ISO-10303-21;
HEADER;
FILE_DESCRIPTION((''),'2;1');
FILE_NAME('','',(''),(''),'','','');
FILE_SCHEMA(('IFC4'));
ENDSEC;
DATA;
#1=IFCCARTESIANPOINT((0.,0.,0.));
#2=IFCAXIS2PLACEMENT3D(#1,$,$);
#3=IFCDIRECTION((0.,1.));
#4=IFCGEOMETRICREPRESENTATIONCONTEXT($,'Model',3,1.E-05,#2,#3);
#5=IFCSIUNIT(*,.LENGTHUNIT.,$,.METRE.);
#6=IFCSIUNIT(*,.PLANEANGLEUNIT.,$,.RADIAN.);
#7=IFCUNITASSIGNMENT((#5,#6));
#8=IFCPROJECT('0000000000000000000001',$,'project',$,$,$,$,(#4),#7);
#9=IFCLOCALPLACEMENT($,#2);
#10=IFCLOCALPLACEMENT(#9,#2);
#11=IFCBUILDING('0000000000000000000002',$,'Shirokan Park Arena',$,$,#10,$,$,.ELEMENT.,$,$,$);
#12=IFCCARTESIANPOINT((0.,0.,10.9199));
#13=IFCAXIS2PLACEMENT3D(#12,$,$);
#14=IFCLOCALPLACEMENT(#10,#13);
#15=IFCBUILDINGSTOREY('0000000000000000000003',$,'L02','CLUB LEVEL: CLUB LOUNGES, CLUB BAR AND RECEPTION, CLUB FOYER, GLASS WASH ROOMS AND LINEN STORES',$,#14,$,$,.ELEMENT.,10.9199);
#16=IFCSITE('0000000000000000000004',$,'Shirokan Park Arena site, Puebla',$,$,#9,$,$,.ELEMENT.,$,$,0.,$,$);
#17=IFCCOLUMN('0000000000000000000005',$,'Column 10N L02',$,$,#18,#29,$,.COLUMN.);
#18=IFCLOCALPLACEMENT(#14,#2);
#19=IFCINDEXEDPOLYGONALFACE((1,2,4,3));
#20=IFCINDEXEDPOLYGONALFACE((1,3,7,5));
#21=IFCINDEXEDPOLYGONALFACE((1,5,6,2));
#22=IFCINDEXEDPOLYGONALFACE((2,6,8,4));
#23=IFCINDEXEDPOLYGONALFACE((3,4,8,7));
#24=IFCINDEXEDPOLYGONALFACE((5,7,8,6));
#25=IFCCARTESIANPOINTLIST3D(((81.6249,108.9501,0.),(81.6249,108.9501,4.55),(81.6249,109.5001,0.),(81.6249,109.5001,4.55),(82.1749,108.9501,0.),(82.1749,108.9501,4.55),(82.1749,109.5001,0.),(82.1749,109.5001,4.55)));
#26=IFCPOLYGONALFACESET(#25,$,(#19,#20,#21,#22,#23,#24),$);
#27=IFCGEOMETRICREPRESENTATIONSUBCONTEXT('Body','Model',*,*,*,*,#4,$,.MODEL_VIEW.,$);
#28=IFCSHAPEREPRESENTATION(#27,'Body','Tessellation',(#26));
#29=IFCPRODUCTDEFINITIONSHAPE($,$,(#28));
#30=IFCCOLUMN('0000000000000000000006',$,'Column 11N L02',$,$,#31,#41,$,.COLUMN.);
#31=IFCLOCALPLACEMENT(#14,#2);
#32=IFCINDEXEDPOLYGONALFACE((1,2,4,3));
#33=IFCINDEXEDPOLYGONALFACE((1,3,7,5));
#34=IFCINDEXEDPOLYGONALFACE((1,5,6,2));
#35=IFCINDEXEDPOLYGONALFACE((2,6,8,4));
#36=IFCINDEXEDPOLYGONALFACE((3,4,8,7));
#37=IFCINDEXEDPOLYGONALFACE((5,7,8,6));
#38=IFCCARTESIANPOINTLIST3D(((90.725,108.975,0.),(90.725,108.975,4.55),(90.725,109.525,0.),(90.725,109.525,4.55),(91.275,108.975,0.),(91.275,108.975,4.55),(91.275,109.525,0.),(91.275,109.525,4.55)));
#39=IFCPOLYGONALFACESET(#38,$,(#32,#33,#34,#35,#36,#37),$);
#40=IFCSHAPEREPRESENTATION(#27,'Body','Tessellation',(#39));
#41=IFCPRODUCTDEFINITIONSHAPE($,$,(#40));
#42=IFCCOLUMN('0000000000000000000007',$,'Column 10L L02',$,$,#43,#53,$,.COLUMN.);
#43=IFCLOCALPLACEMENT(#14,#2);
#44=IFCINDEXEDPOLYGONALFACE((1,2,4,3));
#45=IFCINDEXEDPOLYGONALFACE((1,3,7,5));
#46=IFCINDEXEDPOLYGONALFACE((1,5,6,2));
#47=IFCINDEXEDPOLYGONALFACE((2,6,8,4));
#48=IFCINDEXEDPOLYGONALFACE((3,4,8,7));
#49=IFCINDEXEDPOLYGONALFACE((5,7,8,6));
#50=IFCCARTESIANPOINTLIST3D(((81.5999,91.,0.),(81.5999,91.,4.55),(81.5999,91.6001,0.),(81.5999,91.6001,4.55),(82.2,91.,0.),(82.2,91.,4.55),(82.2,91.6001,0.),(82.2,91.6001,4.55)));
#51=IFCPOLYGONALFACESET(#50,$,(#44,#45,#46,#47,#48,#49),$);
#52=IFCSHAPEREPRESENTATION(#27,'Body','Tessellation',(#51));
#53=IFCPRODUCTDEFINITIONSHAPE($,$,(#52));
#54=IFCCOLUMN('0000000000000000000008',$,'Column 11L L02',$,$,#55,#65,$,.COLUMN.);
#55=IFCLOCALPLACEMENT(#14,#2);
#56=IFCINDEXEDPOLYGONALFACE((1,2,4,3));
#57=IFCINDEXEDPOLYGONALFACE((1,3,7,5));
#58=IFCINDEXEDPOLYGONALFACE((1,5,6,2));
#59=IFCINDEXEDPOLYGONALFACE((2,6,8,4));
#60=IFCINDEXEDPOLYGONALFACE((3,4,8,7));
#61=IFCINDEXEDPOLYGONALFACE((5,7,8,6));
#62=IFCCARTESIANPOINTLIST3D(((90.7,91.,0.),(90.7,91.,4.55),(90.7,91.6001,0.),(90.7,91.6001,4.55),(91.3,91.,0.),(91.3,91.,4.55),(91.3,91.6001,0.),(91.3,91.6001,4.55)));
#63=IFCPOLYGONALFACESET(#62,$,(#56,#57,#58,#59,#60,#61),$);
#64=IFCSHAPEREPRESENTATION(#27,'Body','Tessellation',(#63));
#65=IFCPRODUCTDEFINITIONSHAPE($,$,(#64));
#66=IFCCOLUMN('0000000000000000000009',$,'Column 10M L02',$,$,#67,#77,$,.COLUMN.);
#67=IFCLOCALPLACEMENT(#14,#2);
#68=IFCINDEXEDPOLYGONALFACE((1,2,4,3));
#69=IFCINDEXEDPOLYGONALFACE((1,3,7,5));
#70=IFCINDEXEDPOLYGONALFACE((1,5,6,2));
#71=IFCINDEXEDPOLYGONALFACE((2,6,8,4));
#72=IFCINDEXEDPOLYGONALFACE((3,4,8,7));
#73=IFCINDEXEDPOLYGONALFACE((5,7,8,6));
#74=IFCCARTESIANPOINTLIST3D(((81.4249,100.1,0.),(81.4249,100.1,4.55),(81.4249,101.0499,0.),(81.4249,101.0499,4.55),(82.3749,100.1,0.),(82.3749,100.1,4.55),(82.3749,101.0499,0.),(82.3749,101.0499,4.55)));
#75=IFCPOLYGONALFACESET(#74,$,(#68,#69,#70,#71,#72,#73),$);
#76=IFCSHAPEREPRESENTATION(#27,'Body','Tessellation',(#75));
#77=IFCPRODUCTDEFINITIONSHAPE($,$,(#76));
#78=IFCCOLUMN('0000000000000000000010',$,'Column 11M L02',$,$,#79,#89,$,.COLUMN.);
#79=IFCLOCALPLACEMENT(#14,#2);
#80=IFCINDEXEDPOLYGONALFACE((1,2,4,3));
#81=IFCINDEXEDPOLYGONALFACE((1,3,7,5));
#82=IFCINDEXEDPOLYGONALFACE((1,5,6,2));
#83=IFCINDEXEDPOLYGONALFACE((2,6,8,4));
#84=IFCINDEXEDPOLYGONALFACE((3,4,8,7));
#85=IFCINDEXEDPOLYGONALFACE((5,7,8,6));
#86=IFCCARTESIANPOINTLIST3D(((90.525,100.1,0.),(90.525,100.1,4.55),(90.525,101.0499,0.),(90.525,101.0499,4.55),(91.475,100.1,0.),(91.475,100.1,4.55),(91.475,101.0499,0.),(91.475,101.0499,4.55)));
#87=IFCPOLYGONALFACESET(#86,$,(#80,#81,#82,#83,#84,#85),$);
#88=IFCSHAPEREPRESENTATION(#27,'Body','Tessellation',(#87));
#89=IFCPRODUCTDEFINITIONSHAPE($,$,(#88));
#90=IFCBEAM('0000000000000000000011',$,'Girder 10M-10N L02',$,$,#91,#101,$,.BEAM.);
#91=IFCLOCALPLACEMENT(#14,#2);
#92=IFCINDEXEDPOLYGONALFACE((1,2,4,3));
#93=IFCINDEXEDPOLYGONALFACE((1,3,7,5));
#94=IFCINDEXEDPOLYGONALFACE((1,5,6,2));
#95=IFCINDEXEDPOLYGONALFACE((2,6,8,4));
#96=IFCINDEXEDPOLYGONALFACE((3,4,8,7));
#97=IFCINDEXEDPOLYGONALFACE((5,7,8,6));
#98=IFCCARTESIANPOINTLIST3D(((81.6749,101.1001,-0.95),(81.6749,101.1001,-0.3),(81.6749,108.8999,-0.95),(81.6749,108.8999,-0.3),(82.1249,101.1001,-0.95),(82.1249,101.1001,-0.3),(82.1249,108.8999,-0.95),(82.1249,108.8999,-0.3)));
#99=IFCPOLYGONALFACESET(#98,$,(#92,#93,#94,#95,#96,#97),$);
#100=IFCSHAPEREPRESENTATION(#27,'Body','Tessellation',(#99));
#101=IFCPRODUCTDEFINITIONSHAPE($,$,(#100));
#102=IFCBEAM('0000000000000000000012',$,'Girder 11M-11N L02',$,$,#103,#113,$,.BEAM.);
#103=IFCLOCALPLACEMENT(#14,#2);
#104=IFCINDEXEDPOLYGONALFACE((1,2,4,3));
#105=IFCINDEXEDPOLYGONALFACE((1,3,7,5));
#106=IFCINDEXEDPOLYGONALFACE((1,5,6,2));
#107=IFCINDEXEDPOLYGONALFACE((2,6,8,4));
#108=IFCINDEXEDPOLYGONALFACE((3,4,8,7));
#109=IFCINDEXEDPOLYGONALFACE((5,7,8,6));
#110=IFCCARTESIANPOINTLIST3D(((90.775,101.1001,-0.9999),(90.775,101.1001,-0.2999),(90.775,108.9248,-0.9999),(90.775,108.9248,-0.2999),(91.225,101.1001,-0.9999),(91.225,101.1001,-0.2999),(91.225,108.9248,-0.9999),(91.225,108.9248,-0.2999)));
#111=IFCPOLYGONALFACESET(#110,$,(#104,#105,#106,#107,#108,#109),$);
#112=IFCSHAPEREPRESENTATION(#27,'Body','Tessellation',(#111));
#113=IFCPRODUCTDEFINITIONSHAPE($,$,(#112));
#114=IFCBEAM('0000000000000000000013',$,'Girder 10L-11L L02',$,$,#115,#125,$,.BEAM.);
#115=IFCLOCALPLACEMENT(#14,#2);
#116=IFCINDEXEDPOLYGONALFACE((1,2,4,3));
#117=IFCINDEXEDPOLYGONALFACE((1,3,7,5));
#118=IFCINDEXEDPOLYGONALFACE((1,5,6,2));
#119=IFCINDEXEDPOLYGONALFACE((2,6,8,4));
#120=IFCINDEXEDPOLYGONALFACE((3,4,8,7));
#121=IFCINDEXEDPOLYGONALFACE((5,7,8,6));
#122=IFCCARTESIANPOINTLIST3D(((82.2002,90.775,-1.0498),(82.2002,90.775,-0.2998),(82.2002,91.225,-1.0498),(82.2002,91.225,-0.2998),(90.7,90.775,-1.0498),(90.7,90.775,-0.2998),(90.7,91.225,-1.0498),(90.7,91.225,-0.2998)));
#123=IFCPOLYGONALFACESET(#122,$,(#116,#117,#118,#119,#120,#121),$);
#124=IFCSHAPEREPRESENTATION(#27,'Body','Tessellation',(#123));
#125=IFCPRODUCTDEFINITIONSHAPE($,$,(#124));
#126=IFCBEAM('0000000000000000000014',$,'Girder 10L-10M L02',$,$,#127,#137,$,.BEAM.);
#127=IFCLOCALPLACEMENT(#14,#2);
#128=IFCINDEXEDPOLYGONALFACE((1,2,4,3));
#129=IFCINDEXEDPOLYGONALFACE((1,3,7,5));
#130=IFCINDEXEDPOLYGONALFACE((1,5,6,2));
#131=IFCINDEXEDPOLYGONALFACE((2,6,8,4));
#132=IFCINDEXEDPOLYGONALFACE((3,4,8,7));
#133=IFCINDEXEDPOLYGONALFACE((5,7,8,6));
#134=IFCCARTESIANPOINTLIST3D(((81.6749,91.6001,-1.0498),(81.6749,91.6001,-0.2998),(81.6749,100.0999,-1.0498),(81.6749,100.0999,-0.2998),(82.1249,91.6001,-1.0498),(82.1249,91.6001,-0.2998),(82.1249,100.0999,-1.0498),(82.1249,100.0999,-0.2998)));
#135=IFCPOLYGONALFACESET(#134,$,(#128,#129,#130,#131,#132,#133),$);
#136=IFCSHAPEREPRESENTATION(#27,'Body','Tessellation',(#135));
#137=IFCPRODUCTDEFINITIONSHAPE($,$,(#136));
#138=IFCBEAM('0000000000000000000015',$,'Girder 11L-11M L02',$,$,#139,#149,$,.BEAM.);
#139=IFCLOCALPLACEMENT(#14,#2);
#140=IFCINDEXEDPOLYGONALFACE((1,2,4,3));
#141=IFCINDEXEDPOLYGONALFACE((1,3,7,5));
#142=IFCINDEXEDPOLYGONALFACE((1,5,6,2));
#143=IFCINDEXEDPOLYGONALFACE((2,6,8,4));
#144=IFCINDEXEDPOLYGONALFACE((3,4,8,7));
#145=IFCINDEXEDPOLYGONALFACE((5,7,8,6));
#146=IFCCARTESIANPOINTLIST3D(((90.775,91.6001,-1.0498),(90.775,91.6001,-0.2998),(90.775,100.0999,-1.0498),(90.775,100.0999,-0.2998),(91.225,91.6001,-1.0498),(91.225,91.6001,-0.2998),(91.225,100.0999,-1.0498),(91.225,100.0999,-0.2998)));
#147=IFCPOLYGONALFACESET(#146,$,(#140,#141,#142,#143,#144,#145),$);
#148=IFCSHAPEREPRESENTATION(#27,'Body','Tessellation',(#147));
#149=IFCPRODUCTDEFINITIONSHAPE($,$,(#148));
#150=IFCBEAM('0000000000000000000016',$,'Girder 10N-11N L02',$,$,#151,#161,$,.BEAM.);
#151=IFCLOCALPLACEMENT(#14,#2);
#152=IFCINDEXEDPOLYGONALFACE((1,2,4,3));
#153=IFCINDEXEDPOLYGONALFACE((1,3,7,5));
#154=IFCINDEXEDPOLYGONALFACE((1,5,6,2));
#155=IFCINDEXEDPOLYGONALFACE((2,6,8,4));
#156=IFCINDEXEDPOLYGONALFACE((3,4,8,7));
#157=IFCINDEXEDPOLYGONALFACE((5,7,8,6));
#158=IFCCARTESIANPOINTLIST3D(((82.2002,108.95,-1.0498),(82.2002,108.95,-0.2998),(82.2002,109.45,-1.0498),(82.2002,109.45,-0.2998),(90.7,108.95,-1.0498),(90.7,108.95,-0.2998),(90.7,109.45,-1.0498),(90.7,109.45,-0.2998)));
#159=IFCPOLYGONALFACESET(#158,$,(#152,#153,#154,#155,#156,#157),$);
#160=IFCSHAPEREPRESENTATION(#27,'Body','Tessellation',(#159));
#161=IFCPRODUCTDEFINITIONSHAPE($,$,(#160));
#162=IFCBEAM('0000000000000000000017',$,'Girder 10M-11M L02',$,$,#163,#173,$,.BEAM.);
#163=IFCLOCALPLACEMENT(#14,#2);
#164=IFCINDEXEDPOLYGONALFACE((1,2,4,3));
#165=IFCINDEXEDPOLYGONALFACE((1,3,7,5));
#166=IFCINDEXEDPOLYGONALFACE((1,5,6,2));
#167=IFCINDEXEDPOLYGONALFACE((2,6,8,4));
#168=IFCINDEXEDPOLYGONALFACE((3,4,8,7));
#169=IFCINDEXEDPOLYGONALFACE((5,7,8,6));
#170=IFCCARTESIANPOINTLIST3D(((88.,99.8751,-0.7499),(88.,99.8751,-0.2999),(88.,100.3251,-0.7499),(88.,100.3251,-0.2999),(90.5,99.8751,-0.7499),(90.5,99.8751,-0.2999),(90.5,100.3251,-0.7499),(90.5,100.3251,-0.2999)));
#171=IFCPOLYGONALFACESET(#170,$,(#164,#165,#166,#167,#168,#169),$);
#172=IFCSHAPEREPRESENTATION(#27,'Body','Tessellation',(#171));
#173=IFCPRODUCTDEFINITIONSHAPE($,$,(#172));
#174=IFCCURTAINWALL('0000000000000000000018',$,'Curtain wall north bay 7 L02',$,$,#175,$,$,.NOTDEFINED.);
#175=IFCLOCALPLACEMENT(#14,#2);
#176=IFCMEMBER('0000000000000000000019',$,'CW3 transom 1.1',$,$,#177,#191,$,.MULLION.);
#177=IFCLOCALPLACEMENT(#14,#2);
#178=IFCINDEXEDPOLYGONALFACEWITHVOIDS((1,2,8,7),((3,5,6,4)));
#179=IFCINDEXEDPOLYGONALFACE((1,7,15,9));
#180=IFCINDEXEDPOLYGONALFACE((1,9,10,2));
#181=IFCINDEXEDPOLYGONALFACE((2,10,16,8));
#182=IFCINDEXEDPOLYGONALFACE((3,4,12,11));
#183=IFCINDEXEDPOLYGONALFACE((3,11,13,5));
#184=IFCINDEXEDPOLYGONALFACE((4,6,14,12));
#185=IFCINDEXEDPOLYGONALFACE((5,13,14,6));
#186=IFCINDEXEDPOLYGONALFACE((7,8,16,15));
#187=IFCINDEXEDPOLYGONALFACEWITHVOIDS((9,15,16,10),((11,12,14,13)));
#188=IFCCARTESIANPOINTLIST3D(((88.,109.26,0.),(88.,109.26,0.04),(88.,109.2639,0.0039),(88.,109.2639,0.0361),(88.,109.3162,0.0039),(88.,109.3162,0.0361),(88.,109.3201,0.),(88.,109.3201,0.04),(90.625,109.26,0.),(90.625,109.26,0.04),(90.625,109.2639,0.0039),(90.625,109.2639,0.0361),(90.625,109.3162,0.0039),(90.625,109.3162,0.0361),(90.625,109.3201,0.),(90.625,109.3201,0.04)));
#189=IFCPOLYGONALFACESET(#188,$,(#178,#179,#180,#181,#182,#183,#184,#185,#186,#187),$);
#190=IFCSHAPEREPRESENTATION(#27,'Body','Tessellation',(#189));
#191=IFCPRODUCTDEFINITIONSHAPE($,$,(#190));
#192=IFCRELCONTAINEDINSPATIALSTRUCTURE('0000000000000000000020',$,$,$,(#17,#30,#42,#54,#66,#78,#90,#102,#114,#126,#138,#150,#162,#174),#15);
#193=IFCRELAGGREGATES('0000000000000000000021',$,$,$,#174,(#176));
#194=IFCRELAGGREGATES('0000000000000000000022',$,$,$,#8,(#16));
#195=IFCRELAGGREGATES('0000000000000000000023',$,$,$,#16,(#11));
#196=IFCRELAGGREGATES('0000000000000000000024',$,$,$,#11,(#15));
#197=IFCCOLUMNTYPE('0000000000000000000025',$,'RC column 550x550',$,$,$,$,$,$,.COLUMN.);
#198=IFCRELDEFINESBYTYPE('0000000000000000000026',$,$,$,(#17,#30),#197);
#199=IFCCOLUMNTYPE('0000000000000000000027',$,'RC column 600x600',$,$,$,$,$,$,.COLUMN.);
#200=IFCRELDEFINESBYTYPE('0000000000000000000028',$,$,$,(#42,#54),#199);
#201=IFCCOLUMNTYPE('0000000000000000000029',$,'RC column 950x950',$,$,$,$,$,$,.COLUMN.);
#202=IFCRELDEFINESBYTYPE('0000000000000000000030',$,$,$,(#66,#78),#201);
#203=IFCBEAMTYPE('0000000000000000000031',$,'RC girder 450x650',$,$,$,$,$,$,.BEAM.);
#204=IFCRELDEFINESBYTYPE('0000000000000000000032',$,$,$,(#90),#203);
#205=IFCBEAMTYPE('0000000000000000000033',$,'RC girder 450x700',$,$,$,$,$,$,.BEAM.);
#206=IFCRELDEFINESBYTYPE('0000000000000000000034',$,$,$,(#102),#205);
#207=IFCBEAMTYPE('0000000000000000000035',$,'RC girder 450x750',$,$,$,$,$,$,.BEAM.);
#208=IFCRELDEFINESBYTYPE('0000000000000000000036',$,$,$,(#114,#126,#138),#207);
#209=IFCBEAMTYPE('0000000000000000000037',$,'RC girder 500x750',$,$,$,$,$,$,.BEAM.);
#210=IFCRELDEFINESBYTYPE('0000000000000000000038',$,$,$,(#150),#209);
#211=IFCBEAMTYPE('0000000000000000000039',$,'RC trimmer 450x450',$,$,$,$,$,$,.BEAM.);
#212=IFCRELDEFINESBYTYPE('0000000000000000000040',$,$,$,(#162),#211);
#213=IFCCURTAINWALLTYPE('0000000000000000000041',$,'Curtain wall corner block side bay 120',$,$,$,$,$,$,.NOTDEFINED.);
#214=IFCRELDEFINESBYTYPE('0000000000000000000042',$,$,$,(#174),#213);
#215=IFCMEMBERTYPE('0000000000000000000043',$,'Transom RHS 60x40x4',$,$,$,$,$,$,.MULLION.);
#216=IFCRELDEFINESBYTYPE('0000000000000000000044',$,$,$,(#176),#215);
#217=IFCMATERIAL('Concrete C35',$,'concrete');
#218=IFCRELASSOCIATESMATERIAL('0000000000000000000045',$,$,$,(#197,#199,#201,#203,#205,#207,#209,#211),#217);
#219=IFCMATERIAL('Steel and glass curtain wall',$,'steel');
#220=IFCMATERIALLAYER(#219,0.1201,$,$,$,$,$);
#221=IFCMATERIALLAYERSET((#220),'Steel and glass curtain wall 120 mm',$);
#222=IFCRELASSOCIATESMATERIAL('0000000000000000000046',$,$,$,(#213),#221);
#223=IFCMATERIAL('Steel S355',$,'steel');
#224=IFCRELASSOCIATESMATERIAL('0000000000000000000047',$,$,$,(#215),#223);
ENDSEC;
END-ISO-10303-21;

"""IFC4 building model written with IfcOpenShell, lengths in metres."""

from ifc_helpers import new_model, si_unit, direction, frame, origin, origin_2d, place, context, subcontext, project, spatial, rectangle, hollow_rectangle, extrude, material, layer, layer_set, material_profile, profile_set, type_object, element, aggregate, save


model = new_model("IFC4")

# Units and contexts
model_context = context("Model", 3, precision=1e-05, world=origin(), true_north=direction((0.0, 1.0)))
body_context = subcontext(model_context, "Body", "Model", "MODEL_VIEW")
ifc_project = project(units=[si_unit("LENGTHUNIT", "METRE"), si_unit("PLANEANGLEUNIT", "RADIAN")], contexts=[model_context])

# Site, building, storey
site_placement = place(None, origin())
site = spatial("IfcSite", under=ifc_project, at=site_placement, Name="Shirokan Park Arena site, Puebla", CompositionType="ELEMENT", RefElevation=0.0)
building_placement = place(site_placement, origin())
building = spatial("IfcBuilding", under=site, at=building_placement, Name="Shirokan Park Arena", CompositionType="ELEMENT")
storey_placement = place(building_placement, frame((0.0, 0.0, 10.9199)))
storey = spatial("IfcBuildingStorey", under=building, at=storey_placement, Name="L02", Description="CLUB LEVEL: CLUB LOUNGES, CLUB BAR AND RECEPTION, CLUB FOYER, GLASS WASH ROOMS AND LINEN STORES", CompositionType="ELEMENT", Elevation=10.9199)

# Columns
ifc_material_1 = material(Name="Concrete C35", Category="concrete")
ifc_material_profile_1 = material_profile(ifc_material_1, rectangle(XDim=0.55, YDim=0.55, at=origin_2d()), Name="550x550")
ifc_profile_set_1 = profile_set([ifc_material_profile_1], Name="Concrete C35")
column_type_1 = type_object("IfcColumnType", Name="RC column 550x550", PredefinedType="COLUMN", material=ifc_profile_set_1)
for number, where, z_axis, x_axis, name in (
    (1, (81.8999, 109.2251, 0.0), (0.0, 0.0, 1.0), (1.0, 0.0, 0.0), "Column 10N L02"),
    (2, (91.0, 109.25, 0.0), (0.0, 0.0, 1.0), (1.0, 0.0, 0.0), "Column 11N L02"),
):
    element("IfcColumn", number, at=place(storey_placement, frame(where, z_axis=z_axis, x_axis=x_axis)), inside=storey, type_object=column_type_1, Name=name, PredefinedType="COLUMN", context=body_context, shape_type="SweptSolid", body=[
        extrude(rectangle(XDim=0.55, YDim=0.55, at=origin_2d()), origin(), (0.0, 0.0, 1.0), 4.55),
    ])
ifc_material_profile_2 = material_profile(ifc_material_1, rectangle(XDim=0.6001, YDim=0.6001, at=origin_2d()), Name="600x600")
ifc_profile_set_2 = profile_set([ifc_material_profile_2], Name="Concrete C35")
column_type_2 = type_object("IfcColumnType", Name="RC column 600x600", PredefinedType="COLUMN", material=ifc_profile_set_2)
for number, where, z_axis, x_axis, name in (
    (3, (81.8999, 91.3, 0.0), (0.0, 0.0, 1.0), (1.0, 0.0, 0.0), "Column 10L L02"),
    (4, (91.0, 91.3, 0.0), (0.0, 0.0, 1.0), (1.0, 0.0, 0.0), "Column 11L L02"),
):
    element("IfcColumn", number, at=place(storey_placement, frame(where, z_axis=z_axis, x_axis=x_axis)), inside=storey, type_object=column_type_2, Name=name, PredefinedType="COLUMN", context=body_context, shape_type="SweptSolid", body=[
        extrude(rectangle(XDim=0.6001, YDim=0.6001, at=origin_2d()), origin(), (0.0, 0.0, 1.0), 4.55),
    ])
ifc_material_profile_3 = material_profile(ifc_material_1, rectangle(XDim=0.95, YDim=0.95, at=origin_2d()), Name="950x950")
ifc_profile_set_3 = profile_set([ifc_material_profile_3], Name="Concrete C35")
column_type_3 = type_object("IfcColumnType", Name="RC column 950x950", PredefinedType="COLUMN", material=ifc_profile_set_3)
for number, where, z_axis, x_axis, name in (
    (5, (81.8999, 100.575, 0.0), (0.0, 0.0, 1.0), (1.0, 0.0, 0.0), "Column 10M L02"),
    (6, (91.0, 100.575, 0.0), (0.0, 0.0, 1.0), (1.0, 0.0, 0.0), "Column 11M L02"),
):
    element("IfcColumn", number, at=place(storey_placement, frame(where, z_axis=z_axis, x_axis=x_axis)), inside=storey, type_object=column_type_3, Name=name, PredefinedType="COLUMN", context=body_context, shape_type="SweptSolid", body=[
        extrude(rectangle(XDim=0.95, YDim=0.95, at=origin_2d()), origin(), (0.0, 0.0, 1.0), 4.55),
    ])

# Beams
ifc_material_profile_4 = material_profile(ifc_material_1, rectangle(XDim=0.45, YDim=0.6499, at=origin_2d()), Name="450x650")
ifc_profile_set_4 = profile_set([ifc_material_profile_4], Name="Concrete C35")
beam_type_1 = type_object("IfcBeamType", Name="RC girder 450x650", PredefinedType="BEAM", material=ifc_profile_set_4)
beam_1_placement = place(storey_placement, frame((81.8999, 101.1001, -0.625), z_axis=(0.0, 1.0, 0.0), x_axis=(-1.0, 0.0, 0.0)))
element("IfcBeam", 7, at=beam_1_placement, inside=storey, type_object=beam_type_1, Name="Girder 10M-10N L02", PredefinedType="BEAM", context=body_context, shape_type="SweptSolid", body=[
    extrude(rectangle(XDim=0.45, YDim=0.6499, at=origin_2d()), origin(), (0.0, 0.0, 1.0), 7.7998),
])
ifc_material_profile_5 = material_profile(ifc_material_1, rectangle(XDim=0.45, YDim=0.7, at=origin_2d()), Name="450x700")
ifc_profile_set_5 = profile_set([ifc_material_profile_5], Name="Concrete C35")
beam_type_2 = type_object("IfcBeamType", Name="RC girder 450x700", PredefinedType="BEAM", material=ifc_profile_set_5)
beam_2_placement = place(storey_placement, frame((91.0, 101.1001, -0.6499), z_axis=(0.0, 1.0, 0.0), x_axis=(-1.0, 0.0, 0.0)))
element("IfcBeam", 8, at=beam_2_placement, inside=storey, type_object=beam_type_2, Name="Girder 11M-11N L02", PredefinedType="BEAM", context=body_context, shape_type="SweptSolid", body=[
    extrude(rectangle(XDim=0.45, YDim=0.7, at=origin_2d()), origin(), (0.0, 0.0, 1.0), 7.8247),
])
ifc_material_profile_6 = material_profile(ifc_material_1, rectangle(XDim=0.45, YDim=0.75, at=origin_2d()), Name="450x750")
ifc_profile_set_6 = profile_set([ifc_material_profile_6], Name="Concrete C35")
beam_type_3 = type_object("IfcBeamType", Name="RC girder 450x750", PredefinedType="BEAM", material=ifc_profile_set_6)
for number, where, z_axis, x_axis, name in (
    (9, (82.2002, 91.0, -0.6748), (1.0, 0.0, 0.0), (0.0, 1.0, 0.0), "Girder 10L-11L L02"),
    (10, (81.8999, 91.6001, -0.6748), (0.0, 1.0, 0.0), (-1.0, 0.0, 0.0), "Girder 10L-10M L02"),
    (11, (91.0, 91.6001, -0.6748), (0.0, 1.0, 0.0), (-1.0, 0.0, 0.0), "Girder 11L-11M L02"),
):
    element("IfcBeam", number, at=place(storey_placement, frame(where, z_axis=z_axis, x_axis=x_axis)), inside=storey, type_object=beam_type_3, Name=name, PredefinedType="BEAM", context=body_context, shape_type="SweptSolid", body=[
        extrude(rectangle(XDim=0.45, YDim=0.75, at=origin_2d()), origin(), (0.0, 0.0, 1.0), 8.4998),
    ])
ifc_material_profile_7 = material_profile(ifc_material_1, rectangle(XDim=0.5, YDim=0.75, at=origin_2d()), Name="500x750")
ifc_profile_set_7 = profile_set([ifc_material_profile_7], Name="Concrete C35")
beam_type_4 = type_object("IfcBeamType", Name="RC girder 500x750", PredefinedType="BEAM", material=ifc_profile_set_7)
beam_3_placement = place(storey_placement, frame((82.2002, 109.2, -0.6748), z_axis=(1.0, 0.0, 0.0), x_axis=(0.0, 1.0, 0.0)))
element("IfcBeam", 12, at=beam_3_placement, inside=storey, type_object=beam_type_4, Name="Girder 10N-11N L02", PredefinedType="BEAM", context=body_context, shape_type="SweptSolid", body=[
    extrude(rectangle(XDim=0.5, YDim=0.75, at=origin_2d()), origin(), (0.0, 0.0, 1.0), 8.4998),
])
ifc_material_profile_8 = material_profile(ifc_material_1, rectangle(XDim=0.45, YDim=0.45, at=origin_2d()), Name="450x450")
ifc_profile_set_8 = profile_set([ifc_material_profile_8], Name="Concrete C35")
beam_type_5 = type_object("IfcBeamType", Name="RC trimmer 450x450", PredefinedType="BEAM", material=ifc_profile_set_8)
beam_4_placement = place(storey_placement, frame((88.0, 100.1001, -0.5249), z_axis=(1.0, 0.0, 0.0), x_axis=(0.0, 1.0, 0.0)))
element("IfcBeam", 13, at=beam_4_placement, inside=storey, type_object=beam_type_5, Name="Girder 10M-11M L02", PredefinedType="BEAM", context=body_context, shape_type="SweptSolid", body=[
    extrude(rectangle(XDim=0.45, YDim=0.45, at=origin_2d()), origin(), (0.0, 0.0, 1.0), 2.5),
])

# Curtain wall, member
ifc_material_2 = material(Name="Steel and glass curtain wall", Category="steel")
ifc_layer_1 = layer(ifc_material_2, 0.1201)
ifc_layer_set_1 = layer_set([ifc_layer_1], Name="Steel and glass curtain wall 120 mm")
curtain_wall_type = type_object("IfcCurtainWallType", Name="Curtain wall corner block side bay 120", PredefinedType="NOTDEFINED", material=ifc_layer_set_1)
curtain_wall_placement = place(storey_placement, origin())
curtain_wall = element("IfcCurtainWall", 14, at=curtain_wall_placement, inside=storey, type_object=curtain_wall_type, Name="Curtain wall north bay 7 L02", PredefinedType="NOTDEFINED")
ifc_material_3 = material(Name="Steel S355", Category="steel")
ifc_material_profile_9 = material_profile(ifc_material_3, hollow_rectangle(XDim=0.0601, YDim=0.04, WallThickness=0.0039, at=origin_2d()), Name="RHS 60x40x4")
ifc_profile_set_9 = profile_set([ifc_material_profile_9], Name="Steel S355")
member_type = type_object("IfcMemberType", Name="Transom RHS 60x40x4", PredefinedType="MULLION", material=ifc_profile_set_9)
member_1_placement = place(storey_placement, frame((90.625, 109.29, 0.02), z_axis=(-1.0, 0.0, 0.0), x_axis=(0.0, -1.0, 0.0)))
member_1 = element("IfcMember", 15, at=member_1_placement, type_object=member_type, Name="CW3 transom 1.1", PredefinedType="MULLION", context=body_context, shape_type="SweptSolid", body=[
    extrude(hollow_rectangle(XDim=0.0601, YDim=0.04, WallThickness=0.0039, at=origin_2d()), origin(), (0.0, 0.0, 1.0), 2.625),
])
aggregate(curtain_wall, [member_1])

save(model, "model.ifc")
